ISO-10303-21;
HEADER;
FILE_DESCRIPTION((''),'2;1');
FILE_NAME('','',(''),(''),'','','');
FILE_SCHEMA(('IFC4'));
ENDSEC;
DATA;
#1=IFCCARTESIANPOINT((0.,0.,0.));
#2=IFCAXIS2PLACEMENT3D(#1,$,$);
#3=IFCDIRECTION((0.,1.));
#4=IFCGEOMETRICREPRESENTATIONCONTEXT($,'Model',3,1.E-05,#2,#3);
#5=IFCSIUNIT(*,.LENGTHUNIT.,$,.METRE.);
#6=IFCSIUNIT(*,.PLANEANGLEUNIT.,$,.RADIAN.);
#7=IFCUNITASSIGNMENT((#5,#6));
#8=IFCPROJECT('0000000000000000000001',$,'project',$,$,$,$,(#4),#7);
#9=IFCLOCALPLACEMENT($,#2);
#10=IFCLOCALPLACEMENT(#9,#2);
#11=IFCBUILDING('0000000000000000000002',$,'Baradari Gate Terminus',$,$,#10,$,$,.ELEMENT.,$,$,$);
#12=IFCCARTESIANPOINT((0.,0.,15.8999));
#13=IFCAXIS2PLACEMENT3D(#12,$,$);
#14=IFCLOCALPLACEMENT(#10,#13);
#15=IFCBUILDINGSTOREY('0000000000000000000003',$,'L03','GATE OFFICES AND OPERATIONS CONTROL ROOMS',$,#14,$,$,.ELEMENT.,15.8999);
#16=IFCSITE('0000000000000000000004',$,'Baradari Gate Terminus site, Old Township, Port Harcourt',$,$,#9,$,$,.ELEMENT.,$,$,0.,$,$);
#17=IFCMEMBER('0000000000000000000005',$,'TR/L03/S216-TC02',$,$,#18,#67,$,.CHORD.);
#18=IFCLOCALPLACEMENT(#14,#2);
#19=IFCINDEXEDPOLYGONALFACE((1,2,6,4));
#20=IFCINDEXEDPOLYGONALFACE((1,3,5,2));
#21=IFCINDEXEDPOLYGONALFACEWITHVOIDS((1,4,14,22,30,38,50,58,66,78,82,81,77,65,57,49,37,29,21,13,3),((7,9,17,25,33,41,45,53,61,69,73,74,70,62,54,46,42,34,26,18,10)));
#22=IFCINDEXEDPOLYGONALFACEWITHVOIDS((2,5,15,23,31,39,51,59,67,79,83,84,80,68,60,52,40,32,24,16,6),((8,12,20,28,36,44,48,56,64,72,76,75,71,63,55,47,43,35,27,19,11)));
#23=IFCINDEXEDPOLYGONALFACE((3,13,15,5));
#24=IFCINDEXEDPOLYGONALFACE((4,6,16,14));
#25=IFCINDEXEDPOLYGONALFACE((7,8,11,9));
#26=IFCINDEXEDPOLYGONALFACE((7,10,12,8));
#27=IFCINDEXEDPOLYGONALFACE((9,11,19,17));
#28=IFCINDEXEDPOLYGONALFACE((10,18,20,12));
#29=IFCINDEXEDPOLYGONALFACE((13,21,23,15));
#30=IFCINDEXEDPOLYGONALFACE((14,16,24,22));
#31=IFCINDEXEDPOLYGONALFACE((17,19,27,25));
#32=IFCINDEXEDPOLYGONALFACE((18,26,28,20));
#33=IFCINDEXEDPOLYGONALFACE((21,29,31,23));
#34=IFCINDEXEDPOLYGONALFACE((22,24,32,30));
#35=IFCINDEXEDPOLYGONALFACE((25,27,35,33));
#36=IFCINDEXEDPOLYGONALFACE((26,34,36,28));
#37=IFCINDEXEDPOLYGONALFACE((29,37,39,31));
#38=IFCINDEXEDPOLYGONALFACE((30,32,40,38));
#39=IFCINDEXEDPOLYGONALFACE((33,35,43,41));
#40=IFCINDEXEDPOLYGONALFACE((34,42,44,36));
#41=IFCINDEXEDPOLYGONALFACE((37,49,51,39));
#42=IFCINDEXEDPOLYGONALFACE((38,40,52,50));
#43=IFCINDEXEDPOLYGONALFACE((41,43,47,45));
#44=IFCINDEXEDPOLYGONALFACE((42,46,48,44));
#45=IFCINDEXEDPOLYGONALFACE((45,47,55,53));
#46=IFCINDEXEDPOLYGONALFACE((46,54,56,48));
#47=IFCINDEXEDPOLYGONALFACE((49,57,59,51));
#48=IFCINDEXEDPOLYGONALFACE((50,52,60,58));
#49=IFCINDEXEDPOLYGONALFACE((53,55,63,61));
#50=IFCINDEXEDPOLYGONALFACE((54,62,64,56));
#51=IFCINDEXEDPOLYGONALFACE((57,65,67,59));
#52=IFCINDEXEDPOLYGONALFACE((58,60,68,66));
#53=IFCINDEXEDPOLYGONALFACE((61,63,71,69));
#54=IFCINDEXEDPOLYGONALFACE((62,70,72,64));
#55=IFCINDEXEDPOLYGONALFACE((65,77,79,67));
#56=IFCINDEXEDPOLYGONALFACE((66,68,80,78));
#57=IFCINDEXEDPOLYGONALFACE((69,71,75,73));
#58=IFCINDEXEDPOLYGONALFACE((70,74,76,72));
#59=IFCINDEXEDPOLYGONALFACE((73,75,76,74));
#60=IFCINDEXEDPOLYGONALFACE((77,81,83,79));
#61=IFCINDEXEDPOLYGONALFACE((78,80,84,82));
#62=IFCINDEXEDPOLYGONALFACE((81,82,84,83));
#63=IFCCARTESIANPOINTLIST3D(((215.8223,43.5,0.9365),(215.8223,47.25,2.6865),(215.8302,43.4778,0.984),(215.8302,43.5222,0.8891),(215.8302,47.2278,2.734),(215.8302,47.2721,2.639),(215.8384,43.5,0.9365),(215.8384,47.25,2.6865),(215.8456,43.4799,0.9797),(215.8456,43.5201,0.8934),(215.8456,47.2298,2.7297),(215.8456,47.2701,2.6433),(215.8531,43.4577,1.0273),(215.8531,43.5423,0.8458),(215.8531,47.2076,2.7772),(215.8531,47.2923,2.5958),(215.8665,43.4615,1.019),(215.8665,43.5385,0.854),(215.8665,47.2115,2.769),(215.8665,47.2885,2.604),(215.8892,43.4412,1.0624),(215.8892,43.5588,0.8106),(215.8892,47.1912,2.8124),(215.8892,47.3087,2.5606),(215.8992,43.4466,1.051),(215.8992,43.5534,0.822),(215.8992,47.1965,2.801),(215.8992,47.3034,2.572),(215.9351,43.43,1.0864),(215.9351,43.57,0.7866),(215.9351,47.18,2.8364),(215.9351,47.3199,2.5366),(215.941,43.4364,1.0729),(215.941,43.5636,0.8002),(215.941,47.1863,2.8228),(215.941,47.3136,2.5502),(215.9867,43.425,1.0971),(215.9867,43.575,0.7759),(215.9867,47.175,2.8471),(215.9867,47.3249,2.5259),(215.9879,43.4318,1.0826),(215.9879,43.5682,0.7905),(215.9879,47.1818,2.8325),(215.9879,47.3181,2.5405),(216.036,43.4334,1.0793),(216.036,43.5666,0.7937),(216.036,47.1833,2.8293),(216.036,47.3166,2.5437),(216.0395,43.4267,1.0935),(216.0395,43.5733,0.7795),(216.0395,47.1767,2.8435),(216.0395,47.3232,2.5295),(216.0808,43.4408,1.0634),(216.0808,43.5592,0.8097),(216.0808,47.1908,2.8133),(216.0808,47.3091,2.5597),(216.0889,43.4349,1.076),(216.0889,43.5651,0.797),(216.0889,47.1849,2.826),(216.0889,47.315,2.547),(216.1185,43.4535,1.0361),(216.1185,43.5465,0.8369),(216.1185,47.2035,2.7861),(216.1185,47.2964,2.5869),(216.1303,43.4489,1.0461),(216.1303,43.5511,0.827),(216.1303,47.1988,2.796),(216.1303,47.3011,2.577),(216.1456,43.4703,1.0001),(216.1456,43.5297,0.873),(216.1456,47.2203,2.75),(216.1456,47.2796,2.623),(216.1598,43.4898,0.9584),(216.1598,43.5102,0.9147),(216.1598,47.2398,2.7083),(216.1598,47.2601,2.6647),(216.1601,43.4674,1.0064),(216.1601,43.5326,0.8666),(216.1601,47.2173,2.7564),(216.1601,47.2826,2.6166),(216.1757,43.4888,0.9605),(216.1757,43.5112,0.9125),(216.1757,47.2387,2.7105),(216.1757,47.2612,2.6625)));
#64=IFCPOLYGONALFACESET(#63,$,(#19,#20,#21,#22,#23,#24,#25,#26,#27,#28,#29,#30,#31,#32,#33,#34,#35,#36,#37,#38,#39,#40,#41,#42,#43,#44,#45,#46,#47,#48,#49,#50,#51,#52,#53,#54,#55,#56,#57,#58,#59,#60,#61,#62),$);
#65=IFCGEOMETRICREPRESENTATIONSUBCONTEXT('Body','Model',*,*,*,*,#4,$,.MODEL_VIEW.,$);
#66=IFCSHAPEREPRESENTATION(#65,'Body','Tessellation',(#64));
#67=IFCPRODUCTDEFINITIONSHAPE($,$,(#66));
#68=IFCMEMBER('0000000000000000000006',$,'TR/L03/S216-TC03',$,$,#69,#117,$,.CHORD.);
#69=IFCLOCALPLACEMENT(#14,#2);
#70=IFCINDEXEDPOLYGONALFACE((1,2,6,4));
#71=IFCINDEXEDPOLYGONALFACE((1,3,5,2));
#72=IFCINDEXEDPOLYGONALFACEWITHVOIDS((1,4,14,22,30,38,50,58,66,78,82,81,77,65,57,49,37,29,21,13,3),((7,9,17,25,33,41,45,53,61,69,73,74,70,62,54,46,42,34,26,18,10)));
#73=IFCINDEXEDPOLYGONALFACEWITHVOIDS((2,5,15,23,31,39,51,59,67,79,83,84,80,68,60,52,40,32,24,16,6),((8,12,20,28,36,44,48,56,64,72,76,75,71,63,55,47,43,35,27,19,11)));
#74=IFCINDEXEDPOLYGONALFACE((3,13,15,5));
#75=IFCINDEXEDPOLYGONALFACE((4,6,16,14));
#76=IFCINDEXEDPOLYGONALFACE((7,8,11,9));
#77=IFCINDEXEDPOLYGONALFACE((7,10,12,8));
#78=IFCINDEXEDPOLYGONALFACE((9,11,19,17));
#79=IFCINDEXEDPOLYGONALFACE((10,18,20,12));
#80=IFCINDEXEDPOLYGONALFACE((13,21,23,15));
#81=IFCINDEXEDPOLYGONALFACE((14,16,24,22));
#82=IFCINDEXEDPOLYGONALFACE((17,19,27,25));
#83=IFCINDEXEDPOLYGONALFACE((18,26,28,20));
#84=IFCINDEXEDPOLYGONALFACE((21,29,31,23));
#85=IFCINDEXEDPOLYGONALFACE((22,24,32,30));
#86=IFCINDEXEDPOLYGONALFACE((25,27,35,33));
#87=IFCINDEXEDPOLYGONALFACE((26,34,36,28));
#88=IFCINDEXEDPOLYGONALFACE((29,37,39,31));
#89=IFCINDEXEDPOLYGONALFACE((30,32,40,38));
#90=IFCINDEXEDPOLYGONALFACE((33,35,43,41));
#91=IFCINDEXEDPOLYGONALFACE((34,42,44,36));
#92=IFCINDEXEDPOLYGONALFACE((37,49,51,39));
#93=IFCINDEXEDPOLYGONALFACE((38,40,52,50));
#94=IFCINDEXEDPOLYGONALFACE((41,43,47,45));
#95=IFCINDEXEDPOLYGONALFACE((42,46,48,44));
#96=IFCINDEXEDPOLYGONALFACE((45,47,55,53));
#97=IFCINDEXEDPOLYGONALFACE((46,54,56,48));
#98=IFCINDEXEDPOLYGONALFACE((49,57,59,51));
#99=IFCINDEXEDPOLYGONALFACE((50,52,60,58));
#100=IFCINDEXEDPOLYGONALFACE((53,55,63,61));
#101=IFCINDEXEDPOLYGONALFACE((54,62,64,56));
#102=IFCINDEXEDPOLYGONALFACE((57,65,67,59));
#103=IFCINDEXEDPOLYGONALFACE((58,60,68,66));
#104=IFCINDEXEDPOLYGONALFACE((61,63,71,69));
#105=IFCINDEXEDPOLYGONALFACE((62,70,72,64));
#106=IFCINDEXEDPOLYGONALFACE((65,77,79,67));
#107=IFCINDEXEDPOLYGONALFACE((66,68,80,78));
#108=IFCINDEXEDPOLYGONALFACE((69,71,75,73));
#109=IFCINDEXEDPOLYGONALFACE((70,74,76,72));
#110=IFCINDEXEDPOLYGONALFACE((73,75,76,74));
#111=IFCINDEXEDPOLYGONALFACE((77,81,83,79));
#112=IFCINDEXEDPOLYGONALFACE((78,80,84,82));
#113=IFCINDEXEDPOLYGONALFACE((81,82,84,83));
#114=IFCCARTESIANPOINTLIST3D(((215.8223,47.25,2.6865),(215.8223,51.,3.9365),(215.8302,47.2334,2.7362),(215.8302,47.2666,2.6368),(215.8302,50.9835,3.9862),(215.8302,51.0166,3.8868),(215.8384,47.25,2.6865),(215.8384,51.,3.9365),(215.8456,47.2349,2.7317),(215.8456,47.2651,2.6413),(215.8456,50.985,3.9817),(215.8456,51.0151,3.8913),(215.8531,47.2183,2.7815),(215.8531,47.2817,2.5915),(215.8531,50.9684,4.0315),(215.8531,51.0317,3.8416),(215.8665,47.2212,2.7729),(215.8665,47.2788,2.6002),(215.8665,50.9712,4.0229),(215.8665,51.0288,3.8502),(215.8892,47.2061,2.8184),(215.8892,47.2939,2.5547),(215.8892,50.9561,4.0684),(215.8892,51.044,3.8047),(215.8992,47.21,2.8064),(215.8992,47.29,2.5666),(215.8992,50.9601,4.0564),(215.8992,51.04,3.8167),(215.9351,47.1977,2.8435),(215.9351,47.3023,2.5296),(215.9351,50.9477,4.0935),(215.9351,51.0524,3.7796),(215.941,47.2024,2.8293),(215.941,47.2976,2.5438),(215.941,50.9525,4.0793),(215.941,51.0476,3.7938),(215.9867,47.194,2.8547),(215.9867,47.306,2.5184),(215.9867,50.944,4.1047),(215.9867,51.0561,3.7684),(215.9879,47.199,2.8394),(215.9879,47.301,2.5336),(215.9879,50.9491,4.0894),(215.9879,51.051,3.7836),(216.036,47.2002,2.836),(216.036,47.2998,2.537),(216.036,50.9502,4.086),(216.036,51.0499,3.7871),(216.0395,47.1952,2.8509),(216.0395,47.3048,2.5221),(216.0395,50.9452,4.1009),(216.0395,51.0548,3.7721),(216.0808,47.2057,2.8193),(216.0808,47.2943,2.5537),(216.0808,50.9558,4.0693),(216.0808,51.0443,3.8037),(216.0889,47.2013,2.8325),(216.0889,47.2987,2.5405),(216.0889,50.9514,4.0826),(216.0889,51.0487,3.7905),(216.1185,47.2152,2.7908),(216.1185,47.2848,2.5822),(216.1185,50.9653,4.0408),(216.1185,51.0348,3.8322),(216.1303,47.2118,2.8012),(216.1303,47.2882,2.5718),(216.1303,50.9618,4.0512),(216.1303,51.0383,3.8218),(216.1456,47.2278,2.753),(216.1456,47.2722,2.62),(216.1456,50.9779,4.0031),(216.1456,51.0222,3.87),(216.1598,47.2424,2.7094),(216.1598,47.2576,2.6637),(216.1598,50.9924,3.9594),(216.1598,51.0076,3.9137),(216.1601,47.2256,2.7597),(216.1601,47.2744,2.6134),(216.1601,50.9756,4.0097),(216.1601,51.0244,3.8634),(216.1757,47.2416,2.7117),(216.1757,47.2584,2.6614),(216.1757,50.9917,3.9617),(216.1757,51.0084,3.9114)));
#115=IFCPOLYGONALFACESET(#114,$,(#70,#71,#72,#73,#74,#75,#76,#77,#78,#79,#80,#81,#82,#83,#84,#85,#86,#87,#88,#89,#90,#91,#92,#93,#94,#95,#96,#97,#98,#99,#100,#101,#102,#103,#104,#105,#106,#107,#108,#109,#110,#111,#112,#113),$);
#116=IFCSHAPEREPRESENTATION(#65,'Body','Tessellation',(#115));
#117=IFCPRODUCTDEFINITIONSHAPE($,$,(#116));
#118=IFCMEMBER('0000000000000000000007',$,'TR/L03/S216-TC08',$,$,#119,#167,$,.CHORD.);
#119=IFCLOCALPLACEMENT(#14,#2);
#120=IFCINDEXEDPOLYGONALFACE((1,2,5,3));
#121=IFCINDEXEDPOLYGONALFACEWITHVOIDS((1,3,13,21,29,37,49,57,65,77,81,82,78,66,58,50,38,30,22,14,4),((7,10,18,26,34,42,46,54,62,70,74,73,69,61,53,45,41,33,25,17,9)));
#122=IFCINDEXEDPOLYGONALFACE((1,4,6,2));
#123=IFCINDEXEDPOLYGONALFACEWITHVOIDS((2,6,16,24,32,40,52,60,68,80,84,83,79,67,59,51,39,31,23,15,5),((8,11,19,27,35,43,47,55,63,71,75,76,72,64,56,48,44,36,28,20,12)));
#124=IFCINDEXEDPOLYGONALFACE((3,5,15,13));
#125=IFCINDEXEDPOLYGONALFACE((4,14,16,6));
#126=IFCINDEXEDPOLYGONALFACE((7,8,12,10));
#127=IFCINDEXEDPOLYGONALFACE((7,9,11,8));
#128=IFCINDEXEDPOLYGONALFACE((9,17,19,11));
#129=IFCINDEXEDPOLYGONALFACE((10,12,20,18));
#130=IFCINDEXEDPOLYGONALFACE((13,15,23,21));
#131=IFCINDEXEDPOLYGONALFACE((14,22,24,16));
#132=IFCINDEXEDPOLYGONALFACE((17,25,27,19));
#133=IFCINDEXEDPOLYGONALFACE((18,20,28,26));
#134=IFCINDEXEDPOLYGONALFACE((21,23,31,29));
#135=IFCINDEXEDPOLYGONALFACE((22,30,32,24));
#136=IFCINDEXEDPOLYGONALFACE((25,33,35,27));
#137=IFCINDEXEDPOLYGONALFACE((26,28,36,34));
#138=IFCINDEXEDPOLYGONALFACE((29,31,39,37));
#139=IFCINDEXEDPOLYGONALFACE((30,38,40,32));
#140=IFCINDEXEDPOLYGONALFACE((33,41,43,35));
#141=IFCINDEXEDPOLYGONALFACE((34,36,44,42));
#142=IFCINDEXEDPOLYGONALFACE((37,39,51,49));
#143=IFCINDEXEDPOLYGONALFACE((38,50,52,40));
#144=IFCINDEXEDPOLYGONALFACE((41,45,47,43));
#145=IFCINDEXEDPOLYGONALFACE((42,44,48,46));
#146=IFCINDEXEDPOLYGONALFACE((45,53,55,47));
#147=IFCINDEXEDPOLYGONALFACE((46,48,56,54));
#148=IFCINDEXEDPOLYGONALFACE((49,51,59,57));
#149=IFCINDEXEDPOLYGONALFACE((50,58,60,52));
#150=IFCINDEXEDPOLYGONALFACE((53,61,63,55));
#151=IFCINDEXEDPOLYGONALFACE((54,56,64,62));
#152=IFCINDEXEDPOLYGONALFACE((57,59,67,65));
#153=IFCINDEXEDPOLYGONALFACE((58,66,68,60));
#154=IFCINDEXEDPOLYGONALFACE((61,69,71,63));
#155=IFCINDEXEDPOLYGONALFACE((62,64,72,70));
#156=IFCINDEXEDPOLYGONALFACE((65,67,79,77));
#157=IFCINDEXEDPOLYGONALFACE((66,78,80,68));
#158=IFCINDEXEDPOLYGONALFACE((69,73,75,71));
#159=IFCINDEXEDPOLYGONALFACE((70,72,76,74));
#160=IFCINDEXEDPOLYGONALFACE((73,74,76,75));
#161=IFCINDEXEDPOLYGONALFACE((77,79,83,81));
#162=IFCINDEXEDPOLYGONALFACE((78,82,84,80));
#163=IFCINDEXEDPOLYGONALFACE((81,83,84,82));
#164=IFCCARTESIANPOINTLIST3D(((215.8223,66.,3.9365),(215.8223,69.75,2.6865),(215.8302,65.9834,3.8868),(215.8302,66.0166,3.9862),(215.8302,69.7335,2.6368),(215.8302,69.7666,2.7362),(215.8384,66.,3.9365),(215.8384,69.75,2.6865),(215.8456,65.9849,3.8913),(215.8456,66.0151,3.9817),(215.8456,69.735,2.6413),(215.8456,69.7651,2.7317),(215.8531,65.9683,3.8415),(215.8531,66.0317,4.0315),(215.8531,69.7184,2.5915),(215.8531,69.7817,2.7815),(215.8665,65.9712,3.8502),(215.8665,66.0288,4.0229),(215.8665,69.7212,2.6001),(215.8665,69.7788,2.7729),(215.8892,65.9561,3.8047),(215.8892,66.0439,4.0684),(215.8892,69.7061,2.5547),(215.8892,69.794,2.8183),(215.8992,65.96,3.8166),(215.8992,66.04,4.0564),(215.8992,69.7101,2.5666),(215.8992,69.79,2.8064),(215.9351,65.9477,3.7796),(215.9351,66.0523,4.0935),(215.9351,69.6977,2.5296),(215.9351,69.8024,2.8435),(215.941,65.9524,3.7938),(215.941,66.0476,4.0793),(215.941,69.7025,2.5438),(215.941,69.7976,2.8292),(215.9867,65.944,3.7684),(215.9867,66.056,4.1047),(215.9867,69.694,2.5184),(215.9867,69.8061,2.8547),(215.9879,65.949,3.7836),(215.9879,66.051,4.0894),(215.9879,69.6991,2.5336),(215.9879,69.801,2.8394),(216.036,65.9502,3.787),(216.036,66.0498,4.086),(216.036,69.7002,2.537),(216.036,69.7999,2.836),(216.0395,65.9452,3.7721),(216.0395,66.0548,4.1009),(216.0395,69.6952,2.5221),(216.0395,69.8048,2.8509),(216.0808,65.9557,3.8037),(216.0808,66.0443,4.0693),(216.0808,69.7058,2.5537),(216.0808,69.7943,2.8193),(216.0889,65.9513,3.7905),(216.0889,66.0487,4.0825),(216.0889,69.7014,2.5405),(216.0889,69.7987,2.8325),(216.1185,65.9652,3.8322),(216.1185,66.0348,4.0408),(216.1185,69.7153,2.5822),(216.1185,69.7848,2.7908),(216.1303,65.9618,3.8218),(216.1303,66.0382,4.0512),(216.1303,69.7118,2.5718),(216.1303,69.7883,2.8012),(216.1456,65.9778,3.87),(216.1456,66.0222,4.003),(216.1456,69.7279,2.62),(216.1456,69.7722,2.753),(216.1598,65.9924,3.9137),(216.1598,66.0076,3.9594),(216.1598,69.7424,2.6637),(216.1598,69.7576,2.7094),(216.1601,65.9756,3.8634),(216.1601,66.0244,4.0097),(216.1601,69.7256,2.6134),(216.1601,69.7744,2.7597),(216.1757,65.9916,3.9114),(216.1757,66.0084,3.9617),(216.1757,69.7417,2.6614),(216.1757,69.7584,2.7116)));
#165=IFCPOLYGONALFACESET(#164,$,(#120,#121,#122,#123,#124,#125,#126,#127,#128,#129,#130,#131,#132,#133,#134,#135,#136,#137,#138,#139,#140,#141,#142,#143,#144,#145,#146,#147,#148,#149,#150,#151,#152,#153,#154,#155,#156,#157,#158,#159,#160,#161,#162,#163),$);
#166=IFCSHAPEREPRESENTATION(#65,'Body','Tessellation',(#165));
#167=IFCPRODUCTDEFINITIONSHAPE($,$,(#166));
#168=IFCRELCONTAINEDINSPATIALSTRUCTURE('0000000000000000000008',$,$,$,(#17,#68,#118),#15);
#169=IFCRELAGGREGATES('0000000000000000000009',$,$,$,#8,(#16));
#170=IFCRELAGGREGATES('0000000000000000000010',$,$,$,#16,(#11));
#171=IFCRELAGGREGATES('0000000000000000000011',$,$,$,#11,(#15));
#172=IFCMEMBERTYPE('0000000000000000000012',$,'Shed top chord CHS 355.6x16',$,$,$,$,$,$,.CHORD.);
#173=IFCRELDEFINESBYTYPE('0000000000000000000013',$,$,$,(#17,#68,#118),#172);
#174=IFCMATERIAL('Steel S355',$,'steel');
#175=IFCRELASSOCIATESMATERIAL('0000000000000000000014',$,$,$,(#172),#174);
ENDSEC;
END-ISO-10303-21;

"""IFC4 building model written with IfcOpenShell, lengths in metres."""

from ifc_helpers import new_model, si_unit, direction, frame, origin, origin_2d, place, context, subcontext, project, spatial, hollow_circle, extrude, material, material_profile, profile_set, type_object, element, save


model = new_model("IFC4")

# Units and contexts
model_context = context("Model", 3, precision=1e-05, world=origin(), true_north=direction((0.0, 1.0)))
body_context = subcontext(model_context, "Body", "Model", "MODEL_VIEW")
ifc_project = project(units=[si_unit("LENGTHUNIT", "METRE"), si_unit("PLANEANGLEUNIT", "RADIAN")], contexts=[model_context])

# Site, building, storey
site_placement = place(None, origin())
site = spatial("IfcSite", under=ifc_project, at=site_placement, Name="Baradari Gate Terminus site, Old Township, Port Harcourt", CompositionType="ELEMENT", RefElevation=0.0)
building_placement = place(site_placement, origin())
building = spatial("IfcBuilding", under=site, at=building_placement, Name="Baradari Gate Terminus", CompositionType="ELEMENT")
storey_placement = place(building_placement, frame((0.0, 0.0, 15.8999)))
storey = spatial("IfcBuildingStorey", under=building, at=storey_placement, Name="L03", Description="GATE OFFICES AND OPERATIONS CONTROL ROOMS", CompositionType="ELEMENT", Elevation=15.8999)

# Members
ifc_material_1 = material(Name="Steel S355", Category="steel")
ifc_material_profile_1 = material_profile(ifc_material_1, hollow_circle(Radius=0.1777, WallThickness=0.0161, at=origin_2d()), Name="CHS 355.6x16")
ifc_profile_set_1 = profile_set([ifc_material_profile_1], Name="Steel S355")
member_type_1 = type_object("IfcMemberType", Name="Shed top chord CHS 355.6x16", PredefinedType="CHORD", material=ifc_profile_set_1)
for number, where, z_axis, x_axis, name in (
    (1, (216.0, 43.5, 0.9365), (0.0, 0.906183, 0.422885), (-1.0, 0.0, 0.0), "TR/L03/S216-TC02"),
):
    element("IfcMember", number, at=place(storey_placement, frame(where, z_axis=z_axis, x_axis=x_axis)), inside=storey, type_object=member_type_1, Name=name, PredefinedType="CHORD", context=body_context, shape_type="SweptSolid", body=[
        extrude(hollow_circle(Radius=0.1777, WallThickness=0.0161, at=origin_2d()), origin(), (0.0, 0.0, 1.0), 4.1382),
    ])
for number, where, z_axis, x_axis, name in (
    (2, (216.0, 47.25, 2.6865), (0.0, 0.948683, 0.316228), (-1.0, 0.0, 0.0), "TR/L03/S216-TC03"),
    (3, (216.0, 66.0, 3.9365), (0.0, 0.948683, -0.316228), (-1.0, 0.0, 0.0), "TR/L03/S216-TC08"),
):
    element("IfcMember", number, at=place(storey_placement, frame(where, z_axis=z_axis, x_axis=x_axis)), inside=storey, type_object=member_type_1, Name=name, PredefinedType="CHORD", context=body_context, shape_type="SweptSolid", body=[
        extrude(hollow_circle(Radius=0.1777, WallThickness=0.0161, at=origin_2d()), origin(), (0.0, 0.0, 1.0), 3.9529),
    ])

save(model, "model.ifc")
